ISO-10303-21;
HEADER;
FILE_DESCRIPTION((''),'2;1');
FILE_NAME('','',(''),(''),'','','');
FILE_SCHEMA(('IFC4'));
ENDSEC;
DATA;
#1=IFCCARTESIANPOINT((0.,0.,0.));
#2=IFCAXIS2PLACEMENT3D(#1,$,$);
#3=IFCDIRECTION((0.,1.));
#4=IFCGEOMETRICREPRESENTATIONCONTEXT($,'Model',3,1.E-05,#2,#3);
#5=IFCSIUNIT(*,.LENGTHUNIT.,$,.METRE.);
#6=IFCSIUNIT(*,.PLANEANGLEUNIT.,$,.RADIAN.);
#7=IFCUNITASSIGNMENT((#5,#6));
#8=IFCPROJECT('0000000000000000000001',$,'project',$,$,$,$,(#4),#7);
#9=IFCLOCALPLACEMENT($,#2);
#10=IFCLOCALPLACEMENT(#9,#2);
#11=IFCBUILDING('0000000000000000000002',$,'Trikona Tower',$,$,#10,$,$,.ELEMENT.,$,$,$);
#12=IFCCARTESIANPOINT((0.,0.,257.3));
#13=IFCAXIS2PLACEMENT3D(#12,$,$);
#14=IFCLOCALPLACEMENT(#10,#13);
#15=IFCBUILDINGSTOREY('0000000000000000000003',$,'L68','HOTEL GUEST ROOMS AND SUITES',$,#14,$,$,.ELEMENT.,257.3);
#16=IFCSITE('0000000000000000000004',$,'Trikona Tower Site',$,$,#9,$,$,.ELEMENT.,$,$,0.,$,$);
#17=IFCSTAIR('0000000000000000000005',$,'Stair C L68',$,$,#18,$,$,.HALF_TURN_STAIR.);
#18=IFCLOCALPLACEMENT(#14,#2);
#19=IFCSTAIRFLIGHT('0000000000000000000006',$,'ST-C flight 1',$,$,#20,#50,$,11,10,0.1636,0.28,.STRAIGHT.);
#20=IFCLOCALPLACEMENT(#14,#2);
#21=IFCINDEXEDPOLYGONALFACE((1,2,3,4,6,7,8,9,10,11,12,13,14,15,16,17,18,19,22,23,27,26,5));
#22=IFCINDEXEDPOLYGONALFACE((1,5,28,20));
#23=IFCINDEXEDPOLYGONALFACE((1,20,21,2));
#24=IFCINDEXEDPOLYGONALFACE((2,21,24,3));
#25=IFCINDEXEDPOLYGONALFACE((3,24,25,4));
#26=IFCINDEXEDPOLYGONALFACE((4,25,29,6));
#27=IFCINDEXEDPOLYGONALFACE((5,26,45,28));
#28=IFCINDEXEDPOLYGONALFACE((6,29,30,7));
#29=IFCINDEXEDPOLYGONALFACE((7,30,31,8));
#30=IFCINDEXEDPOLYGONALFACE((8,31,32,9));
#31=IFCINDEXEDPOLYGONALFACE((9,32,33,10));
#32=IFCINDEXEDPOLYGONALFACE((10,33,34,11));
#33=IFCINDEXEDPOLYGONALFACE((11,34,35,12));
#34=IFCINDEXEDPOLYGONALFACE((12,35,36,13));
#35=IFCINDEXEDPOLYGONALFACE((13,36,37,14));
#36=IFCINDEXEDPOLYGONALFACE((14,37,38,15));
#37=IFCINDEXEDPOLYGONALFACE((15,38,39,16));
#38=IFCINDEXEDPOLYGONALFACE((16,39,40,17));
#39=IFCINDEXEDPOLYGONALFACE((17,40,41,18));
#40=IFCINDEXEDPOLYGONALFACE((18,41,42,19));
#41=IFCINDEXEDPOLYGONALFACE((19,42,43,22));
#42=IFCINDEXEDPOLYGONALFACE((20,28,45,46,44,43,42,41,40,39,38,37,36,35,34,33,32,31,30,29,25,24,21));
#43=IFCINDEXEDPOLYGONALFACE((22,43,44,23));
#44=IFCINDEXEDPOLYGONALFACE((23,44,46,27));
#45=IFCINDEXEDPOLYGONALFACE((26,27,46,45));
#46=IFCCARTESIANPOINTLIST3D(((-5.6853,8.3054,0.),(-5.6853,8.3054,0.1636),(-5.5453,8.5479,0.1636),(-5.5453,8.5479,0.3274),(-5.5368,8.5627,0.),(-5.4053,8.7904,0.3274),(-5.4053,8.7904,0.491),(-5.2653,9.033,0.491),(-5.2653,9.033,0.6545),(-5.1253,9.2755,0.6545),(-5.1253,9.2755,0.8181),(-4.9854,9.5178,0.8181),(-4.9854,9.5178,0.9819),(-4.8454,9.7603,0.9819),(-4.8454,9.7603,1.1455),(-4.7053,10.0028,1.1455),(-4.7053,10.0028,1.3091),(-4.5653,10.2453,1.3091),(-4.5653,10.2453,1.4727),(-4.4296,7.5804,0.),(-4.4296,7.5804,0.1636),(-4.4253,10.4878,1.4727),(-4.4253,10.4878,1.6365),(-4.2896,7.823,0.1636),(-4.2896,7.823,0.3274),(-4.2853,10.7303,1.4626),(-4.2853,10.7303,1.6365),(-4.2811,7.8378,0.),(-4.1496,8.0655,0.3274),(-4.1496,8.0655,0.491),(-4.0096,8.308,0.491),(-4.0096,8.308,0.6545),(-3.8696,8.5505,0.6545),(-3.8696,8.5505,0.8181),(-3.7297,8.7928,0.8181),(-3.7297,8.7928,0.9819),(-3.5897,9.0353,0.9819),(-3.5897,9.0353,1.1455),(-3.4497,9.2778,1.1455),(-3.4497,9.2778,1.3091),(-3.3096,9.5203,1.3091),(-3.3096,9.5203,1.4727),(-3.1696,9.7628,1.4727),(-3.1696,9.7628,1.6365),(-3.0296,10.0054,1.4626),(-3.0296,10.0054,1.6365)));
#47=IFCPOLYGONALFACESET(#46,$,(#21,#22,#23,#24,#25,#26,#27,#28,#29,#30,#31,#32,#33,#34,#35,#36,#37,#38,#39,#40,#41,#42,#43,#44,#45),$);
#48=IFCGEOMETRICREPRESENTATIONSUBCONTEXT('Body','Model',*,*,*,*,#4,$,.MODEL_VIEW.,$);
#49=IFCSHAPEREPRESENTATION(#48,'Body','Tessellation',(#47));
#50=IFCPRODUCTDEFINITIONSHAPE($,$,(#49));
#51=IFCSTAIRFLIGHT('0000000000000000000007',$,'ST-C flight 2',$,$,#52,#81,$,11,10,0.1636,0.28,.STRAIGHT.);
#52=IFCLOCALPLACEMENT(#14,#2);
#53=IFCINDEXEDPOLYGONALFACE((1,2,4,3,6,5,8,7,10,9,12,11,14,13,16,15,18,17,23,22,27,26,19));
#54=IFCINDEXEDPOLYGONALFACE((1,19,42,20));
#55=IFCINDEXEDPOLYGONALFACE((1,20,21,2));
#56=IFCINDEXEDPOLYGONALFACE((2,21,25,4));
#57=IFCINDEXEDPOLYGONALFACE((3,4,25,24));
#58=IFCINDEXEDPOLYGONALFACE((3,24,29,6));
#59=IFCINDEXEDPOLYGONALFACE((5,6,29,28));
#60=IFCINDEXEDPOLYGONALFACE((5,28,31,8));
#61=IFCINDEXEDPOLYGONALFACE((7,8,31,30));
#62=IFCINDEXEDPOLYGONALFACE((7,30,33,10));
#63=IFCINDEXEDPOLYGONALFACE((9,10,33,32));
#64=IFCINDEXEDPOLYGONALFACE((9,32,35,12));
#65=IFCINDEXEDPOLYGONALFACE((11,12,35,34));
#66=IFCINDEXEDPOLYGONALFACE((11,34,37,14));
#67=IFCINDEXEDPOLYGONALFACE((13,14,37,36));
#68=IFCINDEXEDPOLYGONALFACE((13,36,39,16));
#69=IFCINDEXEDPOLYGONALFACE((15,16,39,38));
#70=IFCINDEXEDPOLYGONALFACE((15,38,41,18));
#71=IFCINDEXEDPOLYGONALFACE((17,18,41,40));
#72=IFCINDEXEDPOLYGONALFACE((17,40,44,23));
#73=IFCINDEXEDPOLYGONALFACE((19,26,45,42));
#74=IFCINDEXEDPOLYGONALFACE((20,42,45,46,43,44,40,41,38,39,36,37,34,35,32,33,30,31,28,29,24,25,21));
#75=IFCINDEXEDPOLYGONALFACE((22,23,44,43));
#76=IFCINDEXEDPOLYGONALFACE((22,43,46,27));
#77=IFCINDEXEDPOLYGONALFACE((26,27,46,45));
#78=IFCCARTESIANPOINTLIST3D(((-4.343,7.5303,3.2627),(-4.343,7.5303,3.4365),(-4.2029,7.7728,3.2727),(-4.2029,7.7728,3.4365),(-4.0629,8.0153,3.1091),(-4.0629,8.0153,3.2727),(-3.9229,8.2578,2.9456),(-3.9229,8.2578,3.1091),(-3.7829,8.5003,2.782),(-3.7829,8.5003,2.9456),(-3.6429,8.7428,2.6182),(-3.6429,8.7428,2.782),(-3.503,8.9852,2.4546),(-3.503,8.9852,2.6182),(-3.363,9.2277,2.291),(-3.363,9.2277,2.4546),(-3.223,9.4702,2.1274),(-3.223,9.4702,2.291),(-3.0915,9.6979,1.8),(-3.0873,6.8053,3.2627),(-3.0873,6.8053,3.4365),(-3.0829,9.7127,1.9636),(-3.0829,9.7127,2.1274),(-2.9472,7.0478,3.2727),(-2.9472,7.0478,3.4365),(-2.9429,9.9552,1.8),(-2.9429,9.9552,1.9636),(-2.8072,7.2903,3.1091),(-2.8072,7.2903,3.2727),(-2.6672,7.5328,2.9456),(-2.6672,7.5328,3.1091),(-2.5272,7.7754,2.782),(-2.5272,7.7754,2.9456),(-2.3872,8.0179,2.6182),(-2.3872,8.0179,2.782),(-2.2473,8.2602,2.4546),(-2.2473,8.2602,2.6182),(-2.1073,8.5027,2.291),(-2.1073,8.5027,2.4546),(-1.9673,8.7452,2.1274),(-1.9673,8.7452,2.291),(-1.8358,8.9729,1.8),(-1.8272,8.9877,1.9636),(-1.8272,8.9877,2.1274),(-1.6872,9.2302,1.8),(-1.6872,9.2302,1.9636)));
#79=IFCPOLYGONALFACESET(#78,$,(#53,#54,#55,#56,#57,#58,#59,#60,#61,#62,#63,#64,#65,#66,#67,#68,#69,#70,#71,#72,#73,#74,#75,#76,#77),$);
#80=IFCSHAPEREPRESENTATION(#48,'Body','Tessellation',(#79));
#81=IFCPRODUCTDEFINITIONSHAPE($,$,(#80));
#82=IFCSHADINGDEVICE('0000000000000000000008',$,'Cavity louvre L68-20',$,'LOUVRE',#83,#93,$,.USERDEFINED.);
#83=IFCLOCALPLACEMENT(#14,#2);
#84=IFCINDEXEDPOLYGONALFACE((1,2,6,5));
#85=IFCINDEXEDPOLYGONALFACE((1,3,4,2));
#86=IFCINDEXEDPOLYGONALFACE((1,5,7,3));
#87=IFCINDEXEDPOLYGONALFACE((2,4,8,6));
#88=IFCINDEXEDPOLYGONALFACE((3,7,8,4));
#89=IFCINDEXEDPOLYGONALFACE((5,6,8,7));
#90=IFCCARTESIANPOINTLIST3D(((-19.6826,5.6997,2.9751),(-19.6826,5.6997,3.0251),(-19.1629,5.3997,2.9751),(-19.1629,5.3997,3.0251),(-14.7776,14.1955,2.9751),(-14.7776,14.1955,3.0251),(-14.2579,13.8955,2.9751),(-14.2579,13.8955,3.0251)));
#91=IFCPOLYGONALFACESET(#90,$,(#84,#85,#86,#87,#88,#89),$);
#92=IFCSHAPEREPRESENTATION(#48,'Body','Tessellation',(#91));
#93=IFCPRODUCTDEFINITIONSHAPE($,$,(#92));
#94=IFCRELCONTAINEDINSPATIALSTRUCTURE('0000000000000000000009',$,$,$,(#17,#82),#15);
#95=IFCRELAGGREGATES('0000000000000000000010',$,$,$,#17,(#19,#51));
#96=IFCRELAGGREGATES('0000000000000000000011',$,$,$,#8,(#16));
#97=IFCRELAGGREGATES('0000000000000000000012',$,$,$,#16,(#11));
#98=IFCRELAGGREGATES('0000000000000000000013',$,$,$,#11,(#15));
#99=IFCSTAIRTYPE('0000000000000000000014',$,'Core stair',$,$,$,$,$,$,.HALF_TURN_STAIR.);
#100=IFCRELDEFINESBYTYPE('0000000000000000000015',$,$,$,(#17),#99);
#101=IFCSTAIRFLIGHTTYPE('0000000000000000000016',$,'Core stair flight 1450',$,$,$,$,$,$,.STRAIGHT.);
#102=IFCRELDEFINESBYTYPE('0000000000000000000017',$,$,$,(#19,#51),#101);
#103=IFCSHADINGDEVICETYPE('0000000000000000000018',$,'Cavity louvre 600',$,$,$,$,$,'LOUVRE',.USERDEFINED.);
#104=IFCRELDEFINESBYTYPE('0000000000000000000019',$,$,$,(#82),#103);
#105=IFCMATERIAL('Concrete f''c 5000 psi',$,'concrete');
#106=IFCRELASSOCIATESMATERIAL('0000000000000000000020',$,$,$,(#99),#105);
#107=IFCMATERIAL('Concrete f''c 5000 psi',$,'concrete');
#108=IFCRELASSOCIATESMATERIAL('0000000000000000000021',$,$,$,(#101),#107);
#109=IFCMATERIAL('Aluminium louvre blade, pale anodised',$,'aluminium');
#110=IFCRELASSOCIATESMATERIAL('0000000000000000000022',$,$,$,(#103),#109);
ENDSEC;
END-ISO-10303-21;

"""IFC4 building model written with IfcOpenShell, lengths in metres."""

from ifc_helpers import new_model, si_unit, direction, frame, origin, origin_2d, place, context, subcontext, project, spatial, polyline, rectangle, outline, extrude, material, type_object, element, aggregate, save


model = new_model("IFC4")

# Units and contexts
model_context = context("Model", 3, precision=1e-05, world=origin(), true_north=direction((0.0, 1.0)))
body_context = subcontext(model_context, "Body", "Model", "MODEL_VIEW")
ifc_project = project(units=[si_unit("LENGTHUNIT", "METRE"), si_unit("PLANEANGLEUNIT", "RADIAN")], contexts=[model_context])

# Site, building, storey
site_placement = place(None, origin())
site = spatial("IfcSite", under=ifc_project, at=site_placement, Name="Trikona Tower Site", CompositionType="ELEMENT", RefElevation=0.0)
building_placement = place(site_placement, origin())
building = spatial("IfcBuilding", under=site, at=building_placement, Name="Trikona Tower", CompositionType="ELEMENT")
storey_placement = place(building_placement, frame((0.0, 0.0, 257.3)))
storey = spatial("IfcBuildingStorey", under=building, at=storey_placement, Name="L68", Description="HOTEL GUEST ROOMS AND SUITES", CompositionType="ELEMENT", Elevation=257.3)

# Stair, stair flights
ifc_material_1 = material(Name="Concrete f'c 5000 psi", Category="concrete")
stair_type = type_object("IfcStairType", Name="Core stair", PredefinedType="HALF_TURN_STAIR", material=ifc_material_1)
stair_placement = place(storey_placement, origin())
stair = element("IfcStair", 1, at=stair_placement, inside=storey, type_object=stair_type, Name="Stair C L68", PredefinedType="HALF_TURN_STAIR")
ifc_material_2 = material(Name="Concrete f'c 5000 psi", Category="concrete")
stair_flight_type = type_object("IfcStairFlightType", Name="Core stair flight 1450", PredefinedType="STRAIGHT", material=ifc_material_2)
stair_flight_1_placement = place(storey_placement, frame((-5.0574, 7.9429, 0.0), z_axis=(0.0, 0.0, 1.0), x_axis=(0.5, 0.866025, 0.0)))
stair_flight_1 = element("IfcStairFlight", 2, at=stair_flight_1_placement, type_object=stair_flight_type, Name="ST-C flight 1", NumberOfRisers=11, NumberOfTreads=10, PredefinedType="STRAIGHT", RiserHeight=0.1636, TreadLength=0.28, context=body_context, shape_type="SweptSolid", body=[
    extrude(outline(polyline([(0.0, 0.0), (0.0, 0.1636), (0.28, 0.1636), (0.28, 0.3274), (0.5601, 0.3274), (0.5601, 0.491), (0.8401, 0.491), (0.8401, 0.6545), (1.1201, 0.6545), (1.1201, 0.8181), (1.3999, 0.8181), (1.3999, 0.9819), (1.6799, 0.9819), (1.6799, 1.1455), (1.96, 1.1455), (1.96, 1.3091), (2.24, 1.3091), (2.24, 1.4727), (2.52, 1.4727), (2.52, 1.6365), (2.8, 1.6365), (2.8, 1.8), (2.8, 1.4626), (0.2971, 0.0), (0.0, 0.0)])), frame((0.0, 0.7251, 0.0), z_axis=(0.0, -1.0, 0.0), x_axis=(1.0, 0.0, 0.0)), (0.0, 0.0, 1.0), 1.45),
])
stair_flight_2_placement = place(storey_placement, frame((-2.3152, 9.5928, 1.8), z_axis=(0.0, 0.0, 1.0), x_axis=(-0.5, -0.866025, 0.0)))
stair_flight_2 = element("IfcStairFlight", 3, at=stair_flight_2_placement, type_object=stair_flight_type, Name="ST-C flight 2", NumberOfRisers=11, NumberOfTreads=10, PredefinedType="STRAIGHT", RiserHeight=0.1636, TreadLength=0.28, context=body_context, shape_type="SweptSolid", body=[
    extrude(outline(polyline([(0.0, 0.0), (0.0, 0.1636), (0.28, 0.1636), (0.28, 0.3274), (0.5601, 0.3274), (0.5601, 0.491), (0.8401, 0.491), (0.8401, 0.6545), (1.1201, 0.6545), (1.1201, 0.8181), (1.3999, 0.8181), (1.3999, 0.9819), (1.6799, 0.9819), (1.6799, 1.1455), (1.96, 1.1455), (1.96, 1.3091), (2.24, 1.3091), (2.24, 1.4727), (2.52, 1.4727), (2.52, 1.6365), (2.8, 1.6365), (2.8, 1.8), (2.8, 1.4626), (0.2971, 0.0), (0.0, 0.0)])), frame((0.0, 0.7251, 0.0), z_axis=(0.0, -1.0, 0.0), x_axis=(1.0, 0.0, 0.0)), (0.0, 0.0, 1.0), 1.45),
])
aggregate(stair, [stair_flight_1, stair_flight_2])

# Shading device
ifc_material_3 = material(Name="Aluminium louvre blade, pale anodised", Category="aluminium")
shading_device_type = type_object("IfcShadingDeviceType", Name="Cavity louvre 600", ElementType="LOUVRE", PredefinedType="USERDEFINED", material=ifc_material_3)
shading_device_placement = place(storey_placement, frame((-16.9702, 9.7976, 2.9751), z_axis=(0.0, 0.0, 1.0), x_axis=(-0.499998, -0.866026, 0.0)))
element("IfcShadingDevice", 4, at=shading_device_placement, inside=storey, type_object=shading_device_type, Name="Cavity louvre L68-20", ObjectType="LOUVRE", PredefinedType="USERDEFINED", context=body_context, shape_type="SweptSolid", body=[
    extrude(rectangle(XDim=9.8101, YDim=0.6001, at=origin_2d()), origin(), (0.0, 0.0, 1.0), 0.05),
])

save(model, "model.ifc")
